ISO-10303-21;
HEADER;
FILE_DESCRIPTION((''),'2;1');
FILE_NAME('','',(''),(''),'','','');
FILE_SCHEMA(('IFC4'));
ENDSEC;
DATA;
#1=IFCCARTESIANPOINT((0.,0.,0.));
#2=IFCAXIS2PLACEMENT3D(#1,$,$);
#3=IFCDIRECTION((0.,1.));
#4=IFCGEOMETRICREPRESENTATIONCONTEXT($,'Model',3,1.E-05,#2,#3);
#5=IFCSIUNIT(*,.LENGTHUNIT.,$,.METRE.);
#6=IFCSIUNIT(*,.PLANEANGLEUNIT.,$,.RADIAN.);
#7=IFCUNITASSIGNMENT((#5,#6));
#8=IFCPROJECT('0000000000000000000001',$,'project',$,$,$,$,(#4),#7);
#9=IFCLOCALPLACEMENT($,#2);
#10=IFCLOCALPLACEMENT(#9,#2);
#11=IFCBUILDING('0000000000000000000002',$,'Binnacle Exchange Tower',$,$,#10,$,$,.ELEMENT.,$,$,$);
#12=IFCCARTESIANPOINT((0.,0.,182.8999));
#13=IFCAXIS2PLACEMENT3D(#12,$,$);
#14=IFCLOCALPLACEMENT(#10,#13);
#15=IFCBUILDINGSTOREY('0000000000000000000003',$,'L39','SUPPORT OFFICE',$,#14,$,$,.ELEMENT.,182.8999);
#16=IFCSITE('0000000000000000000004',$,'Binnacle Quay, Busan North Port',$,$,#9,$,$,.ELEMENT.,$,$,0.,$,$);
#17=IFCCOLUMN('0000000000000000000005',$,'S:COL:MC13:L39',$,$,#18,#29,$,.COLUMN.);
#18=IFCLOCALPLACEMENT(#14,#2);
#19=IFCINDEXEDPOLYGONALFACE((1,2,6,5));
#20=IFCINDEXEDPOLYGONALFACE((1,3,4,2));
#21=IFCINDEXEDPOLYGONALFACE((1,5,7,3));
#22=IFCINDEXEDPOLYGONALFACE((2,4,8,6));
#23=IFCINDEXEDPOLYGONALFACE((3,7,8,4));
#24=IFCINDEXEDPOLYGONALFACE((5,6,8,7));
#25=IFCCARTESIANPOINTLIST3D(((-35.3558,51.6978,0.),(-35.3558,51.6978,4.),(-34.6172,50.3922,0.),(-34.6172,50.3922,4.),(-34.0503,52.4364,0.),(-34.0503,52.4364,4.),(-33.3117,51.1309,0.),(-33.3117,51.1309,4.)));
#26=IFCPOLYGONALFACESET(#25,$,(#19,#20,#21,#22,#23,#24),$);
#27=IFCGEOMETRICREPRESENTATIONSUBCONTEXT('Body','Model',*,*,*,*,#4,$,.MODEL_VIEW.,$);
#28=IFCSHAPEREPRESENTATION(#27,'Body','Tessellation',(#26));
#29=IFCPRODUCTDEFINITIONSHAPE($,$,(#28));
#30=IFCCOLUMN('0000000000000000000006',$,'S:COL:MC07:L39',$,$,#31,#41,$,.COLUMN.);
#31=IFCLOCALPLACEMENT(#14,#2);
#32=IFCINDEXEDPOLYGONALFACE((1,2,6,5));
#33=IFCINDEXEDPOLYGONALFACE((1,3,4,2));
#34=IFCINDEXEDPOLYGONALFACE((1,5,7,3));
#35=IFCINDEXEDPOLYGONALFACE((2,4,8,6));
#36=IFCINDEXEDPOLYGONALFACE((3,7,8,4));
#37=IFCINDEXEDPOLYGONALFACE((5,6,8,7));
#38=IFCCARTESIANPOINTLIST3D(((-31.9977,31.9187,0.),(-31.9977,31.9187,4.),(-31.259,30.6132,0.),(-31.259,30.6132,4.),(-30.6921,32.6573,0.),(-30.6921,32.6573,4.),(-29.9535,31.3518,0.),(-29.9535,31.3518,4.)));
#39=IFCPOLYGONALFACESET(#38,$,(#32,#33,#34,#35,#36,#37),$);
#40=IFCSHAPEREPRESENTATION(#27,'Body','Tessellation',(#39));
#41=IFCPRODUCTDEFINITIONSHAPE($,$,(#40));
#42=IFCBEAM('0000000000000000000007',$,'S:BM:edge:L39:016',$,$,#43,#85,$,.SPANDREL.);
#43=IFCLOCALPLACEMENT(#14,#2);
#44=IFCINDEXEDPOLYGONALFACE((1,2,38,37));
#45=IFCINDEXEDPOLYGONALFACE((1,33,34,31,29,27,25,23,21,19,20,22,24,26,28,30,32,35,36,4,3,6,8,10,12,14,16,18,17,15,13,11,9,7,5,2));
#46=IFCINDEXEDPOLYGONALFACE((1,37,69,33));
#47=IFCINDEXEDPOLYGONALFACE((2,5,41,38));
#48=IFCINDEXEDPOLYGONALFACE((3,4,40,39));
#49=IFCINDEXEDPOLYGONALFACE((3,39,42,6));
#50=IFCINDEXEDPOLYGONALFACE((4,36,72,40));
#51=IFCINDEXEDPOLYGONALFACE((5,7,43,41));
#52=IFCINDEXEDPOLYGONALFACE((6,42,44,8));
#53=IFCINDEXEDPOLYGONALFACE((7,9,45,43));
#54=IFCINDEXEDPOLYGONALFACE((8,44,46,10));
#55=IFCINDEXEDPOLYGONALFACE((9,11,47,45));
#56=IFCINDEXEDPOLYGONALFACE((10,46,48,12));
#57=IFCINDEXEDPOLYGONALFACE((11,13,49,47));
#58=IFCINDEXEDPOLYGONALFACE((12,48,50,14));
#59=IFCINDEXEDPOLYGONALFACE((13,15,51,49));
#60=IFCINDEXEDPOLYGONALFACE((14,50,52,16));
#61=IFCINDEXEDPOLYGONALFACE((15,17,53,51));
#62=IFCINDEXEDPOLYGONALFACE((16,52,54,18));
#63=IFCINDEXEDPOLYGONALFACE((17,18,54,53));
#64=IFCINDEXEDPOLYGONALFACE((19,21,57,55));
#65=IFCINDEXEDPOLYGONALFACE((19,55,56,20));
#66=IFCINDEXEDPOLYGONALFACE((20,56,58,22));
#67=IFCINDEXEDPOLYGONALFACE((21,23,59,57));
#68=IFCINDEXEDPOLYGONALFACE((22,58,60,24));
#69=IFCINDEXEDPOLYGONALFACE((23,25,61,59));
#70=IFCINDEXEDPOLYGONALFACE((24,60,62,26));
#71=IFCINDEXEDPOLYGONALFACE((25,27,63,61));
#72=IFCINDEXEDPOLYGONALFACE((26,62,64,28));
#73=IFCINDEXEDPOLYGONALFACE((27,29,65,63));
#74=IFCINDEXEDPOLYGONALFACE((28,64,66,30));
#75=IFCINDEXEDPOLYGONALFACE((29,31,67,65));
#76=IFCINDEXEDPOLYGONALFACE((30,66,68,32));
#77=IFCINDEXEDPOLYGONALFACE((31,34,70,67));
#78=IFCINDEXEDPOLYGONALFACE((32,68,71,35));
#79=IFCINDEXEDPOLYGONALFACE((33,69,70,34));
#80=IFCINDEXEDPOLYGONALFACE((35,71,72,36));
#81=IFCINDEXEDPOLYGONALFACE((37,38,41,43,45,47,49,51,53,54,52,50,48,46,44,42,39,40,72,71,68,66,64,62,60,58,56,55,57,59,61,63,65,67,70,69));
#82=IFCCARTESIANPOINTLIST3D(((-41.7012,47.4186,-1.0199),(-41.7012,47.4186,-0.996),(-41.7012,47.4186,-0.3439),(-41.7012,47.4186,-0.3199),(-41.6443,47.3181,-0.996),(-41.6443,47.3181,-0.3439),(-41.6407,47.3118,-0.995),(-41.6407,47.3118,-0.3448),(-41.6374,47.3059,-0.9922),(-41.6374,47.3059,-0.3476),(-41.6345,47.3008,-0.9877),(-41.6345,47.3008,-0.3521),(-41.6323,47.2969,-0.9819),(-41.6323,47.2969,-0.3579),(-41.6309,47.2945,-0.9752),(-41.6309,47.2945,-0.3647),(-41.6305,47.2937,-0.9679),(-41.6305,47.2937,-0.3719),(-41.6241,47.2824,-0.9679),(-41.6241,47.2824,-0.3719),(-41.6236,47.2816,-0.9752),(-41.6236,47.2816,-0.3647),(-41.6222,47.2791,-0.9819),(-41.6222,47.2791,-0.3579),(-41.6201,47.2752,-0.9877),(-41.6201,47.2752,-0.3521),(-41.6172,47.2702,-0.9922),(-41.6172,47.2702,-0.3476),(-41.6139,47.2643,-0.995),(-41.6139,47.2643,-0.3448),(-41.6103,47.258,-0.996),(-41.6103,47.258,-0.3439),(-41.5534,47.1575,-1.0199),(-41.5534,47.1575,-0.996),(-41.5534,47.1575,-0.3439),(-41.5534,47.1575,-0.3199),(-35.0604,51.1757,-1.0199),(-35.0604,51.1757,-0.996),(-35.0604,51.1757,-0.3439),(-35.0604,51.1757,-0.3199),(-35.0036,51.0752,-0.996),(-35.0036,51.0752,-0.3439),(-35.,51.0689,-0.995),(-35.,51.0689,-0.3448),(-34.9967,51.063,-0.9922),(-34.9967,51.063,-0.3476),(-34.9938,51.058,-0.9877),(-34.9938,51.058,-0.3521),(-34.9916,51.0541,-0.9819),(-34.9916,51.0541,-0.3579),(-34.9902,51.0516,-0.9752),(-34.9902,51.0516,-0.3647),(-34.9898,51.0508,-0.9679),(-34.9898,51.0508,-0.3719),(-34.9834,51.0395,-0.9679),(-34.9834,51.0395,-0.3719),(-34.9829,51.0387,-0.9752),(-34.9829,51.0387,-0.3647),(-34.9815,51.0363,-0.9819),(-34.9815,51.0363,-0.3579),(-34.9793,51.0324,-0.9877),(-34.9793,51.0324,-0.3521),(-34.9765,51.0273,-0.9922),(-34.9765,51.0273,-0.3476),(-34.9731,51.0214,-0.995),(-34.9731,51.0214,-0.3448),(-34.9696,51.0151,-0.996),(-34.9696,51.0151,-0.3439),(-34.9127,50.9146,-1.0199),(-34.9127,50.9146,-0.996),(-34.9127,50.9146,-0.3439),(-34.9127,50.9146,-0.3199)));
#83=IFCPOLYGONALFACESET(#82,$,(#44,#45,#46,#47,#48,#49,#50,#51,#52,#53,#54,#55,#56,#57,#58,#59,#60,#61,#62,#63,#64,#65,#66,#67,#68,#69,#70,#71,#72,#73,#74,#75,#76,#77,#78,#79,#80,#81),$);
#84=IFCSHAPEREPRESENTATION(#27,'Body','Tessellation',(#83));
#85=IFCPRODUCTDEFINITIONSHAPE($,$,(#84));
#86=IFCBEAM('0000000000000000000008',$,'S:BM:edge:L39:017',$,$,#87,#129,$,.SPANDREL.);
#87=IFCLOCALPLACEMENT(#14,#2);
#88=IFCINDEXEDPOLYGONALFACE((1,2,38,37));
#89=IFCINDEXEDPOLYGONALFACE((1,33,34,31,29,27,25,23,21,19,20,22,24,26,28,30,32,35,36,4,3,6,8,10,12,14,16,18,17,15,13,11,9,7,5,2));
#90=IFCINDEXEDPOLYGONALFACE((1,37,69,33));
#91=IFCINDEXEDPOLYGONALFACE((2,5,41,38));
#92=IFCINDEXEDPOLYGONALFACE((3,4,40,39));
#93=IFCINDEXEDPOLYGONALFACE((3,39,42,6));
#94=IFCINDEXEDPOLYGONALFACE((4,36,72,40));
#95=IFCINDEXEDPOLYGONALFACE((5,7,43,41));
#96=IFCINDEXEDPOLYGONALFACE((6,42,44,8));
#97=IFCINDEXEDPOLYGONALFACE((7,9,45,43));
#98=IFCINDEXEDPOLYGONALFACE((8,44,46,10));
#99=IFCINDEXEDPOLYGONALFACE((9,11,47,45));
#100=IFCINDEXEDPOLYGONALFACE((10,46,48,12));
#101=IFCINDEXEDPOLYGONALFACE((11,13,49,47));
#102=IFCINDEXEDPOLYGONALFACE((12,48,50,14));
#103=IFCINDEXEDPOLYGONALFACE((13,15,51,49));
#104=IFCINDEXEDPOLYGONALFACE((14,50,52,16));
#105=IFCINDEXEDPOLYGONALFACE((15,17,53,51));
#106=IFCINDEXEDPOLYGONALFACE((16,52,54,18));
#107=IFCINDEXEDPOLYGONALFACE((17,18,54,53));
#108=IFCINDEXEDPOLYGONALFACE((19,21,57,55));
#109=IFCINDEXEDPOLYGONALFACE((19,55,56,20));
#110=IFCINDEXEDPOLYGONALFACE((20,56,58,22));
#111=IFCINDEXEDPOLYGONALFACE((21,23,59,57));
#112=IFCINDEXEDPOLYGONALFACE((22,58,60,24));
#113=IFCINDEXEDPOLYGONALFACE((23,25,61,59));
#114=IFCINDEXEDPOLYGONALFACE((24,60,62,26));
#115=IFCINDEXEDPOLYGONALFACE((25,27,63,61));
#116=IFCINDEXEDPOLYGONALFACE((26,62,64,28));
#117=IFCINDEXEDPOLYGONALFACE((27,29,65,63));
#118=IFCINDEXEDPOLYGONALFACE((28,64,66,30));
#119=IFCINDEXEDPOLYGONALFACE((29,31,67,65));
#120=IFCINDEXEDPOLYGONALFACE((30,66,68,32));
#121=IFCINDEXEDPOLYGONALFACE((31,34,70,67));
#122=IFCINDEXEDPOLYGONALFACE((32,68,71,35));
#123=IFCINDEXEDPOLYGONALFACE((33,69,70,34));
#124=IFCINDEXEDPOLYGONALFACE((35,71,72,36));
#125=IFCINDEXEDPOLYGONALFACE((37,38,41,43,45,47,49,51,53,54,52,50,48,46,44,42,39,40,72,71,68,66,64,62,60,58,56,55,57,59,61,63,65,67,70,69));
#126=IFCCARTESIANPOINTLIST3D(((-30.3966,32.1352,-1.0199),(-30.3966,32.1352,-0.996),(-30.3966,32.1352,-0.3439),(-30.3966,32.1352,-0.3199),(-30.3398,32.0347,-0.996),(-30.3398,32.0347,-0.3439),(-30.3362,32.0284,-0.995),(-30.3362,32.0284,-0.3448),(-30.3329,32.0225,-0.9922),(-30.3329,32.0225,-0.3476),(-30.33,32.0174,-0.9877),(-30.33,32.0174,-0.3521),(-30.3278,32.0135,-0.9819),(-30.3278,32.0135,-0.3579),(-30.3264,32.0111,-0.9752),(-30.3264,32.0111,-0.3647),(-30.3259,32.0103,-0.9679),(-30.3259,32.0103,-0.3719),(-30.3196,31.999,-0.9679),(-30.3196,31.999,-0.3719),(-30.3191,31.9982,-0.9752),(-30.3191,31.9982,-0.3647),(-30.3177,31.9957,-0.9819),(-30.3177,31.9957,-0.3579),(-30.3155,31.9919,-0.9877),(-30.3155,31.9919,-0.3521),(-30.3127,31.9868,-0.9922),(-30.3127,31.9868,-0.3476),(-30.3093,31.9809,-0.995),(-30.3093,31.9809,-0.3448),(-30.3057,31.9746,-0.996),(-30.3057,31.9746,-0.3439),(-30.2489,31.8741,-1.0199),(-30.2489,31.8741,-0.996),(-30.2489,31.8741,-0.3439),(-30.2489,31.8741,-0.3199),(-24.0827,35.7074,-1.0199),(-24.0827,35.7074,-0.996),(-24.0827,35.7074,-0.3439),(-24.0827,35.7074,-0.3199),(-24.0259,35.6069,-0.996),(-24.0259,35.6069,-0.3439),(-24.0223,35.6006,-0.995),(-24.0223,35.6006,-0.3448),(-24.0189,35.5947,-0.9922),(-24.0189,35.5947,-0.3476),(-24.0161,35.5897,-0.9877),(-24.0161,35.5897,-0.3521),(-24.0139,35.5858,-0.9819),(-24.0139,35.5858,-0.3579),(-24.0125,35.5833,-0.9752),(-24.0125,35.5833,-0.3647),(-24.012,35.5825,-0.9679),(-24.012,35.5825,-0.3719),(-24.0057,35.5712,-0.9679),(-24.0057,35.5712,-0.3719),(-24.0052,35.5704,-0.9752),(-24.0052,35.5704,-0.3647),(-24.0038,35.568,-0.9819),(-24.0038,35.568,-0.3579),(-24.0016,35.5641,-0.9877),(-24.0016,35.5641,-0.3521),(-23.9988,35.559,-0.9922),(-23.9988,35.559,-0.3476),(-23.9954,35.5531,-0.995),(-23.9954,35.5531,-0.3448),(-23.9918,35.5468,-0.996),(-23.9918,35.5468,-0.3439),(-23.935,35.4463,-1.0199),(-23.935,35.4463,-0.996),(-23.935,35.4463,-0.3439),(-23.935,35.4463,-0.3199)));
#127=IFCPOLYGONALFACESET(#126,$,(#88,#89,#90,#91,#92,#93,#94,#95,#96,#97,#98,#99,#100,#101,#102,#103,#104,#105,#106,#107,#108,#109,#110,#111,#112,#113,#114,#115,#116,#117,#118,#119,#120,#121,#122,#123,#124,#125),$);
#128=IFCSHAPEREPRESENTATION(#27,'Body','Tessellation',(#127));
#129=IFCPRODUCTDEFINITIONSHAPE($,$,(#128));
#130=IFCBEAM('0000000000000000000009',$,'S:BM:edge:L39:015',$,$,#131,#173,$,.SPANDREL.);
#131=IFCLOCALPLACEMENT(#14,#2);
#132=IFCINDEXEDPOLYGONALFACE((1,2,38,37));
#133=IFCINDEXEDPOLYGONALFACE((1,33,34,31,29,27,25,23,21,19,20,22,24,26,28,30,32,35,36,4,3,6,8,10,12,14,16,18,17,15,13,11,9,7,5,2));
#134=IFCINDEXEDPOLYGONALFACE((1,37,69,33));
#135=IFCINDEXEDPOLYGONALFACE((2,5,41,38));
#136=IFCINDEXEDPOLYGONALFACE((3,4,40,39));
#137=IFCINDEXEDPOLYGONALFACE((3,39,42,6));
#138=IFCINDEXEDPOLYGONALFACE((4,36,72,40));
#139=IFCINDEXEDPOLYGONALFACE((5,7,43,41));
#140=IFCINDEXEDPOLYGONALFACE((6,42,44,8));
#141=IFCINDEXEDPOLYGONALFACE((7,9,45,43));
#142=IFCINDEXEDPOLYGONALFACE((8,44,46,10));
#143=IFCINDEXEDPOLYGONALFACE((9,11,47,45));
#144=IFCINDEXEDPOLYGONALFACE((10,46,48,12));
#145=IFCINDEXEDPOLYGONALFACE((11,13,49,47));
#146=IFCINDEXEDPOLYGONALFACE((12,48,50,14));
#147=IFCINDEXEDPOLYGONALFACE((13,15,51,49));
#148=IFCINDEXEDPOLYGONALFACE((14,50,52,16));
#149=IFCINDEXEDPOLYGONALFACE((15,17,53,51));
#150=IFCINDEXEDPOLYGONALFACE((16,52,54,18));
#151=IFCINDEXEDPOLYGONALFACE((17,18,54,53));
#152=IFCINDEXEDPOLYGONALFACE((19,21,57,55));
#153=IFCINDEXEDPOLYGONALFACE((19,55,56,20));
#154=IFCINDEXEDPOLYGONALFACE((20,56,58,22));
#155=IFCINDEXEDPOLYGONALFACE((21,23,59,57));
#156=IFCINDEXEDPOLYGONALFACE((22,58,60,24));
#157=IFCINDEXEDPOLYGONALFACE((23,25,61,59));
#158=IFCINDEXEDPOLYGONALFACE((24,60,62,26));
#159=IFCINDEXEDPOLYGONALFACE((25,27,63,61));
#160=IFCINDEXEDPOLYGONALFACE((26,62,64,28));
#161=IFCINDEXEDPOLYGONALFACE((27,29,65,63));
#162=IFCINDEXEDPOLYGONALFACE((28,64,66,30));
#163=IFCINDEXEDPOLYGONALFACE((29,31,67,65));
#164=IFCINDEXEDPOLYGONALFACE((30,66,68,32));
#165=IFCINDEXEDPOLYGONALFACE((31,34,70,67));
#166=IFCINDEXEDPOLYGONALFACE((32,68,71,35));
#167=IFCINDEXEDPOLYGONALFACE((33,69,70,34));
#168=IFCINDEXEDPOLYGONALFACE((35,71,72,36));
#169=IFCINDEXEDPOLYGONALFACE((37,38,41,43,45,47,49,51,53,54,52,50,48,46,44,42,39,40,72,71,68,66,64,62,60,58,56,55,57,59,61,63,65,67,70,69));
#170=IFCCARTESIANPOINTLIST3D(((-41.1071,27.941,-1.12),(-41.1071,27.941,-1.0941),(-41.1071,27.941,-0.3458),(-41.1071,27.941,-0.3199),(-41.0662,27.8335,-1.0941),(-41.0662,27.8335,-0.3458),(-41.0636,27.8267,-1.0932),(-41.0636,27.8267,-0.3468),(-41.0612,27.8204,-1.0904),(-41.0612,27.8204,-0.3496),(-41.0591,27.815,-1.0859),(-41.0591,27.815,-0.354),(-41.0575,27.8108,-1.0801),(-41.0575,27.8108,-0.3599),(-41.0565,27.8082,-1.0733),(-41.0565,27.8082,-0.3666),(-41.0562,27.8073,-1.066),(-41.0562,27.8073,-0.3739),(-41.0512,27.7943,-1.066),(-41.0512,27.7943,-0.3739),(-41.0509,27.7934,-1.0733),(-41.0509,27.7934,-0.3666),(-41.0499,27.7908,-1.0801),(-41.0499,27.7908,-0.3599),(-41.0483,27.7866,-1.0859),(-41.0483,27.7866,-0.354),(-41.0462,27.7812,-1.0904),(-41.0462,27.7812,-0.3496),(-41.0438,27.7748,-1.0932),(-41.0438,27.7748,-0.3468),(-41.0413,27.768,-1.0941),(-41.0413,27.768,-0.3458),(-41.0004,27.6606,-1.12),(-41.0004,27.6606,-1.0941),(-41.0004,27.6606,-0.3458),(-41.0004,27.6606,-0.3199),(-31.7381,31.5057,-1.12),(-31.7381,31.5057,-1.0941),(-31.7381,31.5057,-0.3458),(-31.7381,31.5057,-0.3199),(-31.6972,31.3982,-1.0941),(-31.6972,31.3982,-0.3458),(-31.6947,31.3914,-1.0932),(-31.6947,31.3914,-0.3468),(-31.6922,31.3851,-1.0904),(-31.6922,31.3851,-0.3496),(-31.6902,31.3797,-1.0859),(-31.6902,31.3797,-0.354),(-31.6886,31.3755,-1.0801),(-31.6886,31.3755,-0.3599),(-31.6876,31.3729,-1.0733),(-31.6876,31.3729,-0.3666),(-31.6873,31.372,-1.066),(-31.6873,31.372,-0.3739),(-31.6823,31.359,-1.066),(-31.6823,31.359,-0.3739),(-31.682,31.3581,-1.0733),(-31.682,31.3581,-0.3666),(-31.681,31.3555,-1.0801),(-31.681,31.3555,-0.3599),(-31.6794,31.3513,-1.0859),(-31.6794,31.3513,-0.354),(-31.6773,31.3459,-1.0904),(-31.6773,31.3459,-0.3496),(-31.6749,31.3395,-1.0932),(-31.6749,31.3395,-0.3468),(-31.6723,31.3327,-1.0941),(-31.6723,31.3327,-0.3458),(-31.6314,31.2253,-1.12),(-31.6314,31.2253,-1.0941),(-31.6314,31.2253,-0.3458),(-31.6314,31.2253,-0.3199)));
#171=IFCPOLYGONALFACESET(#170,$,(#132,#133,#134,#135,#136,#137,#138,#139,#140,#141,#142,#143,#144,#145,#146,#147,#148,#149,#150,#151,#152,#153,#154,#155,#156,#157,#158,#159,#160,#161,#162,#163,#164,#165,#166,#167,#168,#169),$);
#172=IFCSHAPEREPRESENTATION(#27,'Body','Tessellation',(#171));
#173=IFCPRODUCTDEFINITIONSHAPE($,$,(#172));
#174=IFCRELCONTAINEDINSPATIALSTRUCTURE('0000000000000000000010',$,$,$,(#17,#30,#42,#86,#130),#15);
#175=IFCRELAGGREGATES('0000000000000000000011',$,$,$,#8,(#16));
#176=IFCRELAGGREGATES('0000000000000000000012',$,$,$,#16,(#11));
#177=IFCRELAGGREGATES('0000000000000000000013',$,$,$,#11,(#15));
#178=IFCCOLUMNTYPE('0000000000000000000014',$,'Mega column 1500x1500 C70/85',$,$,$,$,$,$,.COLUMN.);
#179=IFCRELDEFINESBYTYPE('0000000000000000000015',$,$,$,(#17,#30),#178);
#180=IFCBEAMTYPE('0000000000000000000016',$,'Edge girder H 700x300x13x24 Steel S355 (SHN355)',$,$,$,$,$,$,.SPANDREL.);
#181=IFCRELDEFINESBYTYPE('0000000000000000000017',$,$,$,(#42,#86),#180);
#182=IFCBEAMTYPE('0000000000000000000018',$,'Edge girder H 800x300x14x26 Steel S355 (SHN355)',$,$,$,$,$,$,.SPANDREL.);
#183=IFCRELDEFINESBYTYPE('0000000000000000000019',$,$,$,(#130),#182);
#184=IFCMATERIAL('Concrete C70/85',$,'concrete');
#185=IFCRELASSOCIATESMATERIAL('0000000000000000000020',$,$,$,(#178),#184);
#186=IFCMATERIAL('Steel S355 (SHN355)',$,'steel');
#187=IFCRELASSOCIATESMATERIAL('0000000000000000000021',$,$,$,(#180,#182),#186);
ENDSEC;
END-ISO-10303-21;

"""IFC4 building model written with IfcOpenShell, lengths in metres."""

from ifc_helpers import new_model, si_unit, direction, frame, origin, origin_2d, place, context, subcontext, project, spatial, rectangle, i_section, extrude, material, material_profile, profile_set, type_object, element, save


model = new_model("IFC4")

# Units and contexts
model_context = context("Model", 3, precision=1e-05, world=origin(), true_north=direction((0.0, 1.0)))
body_context = subcontext(model_context, "Body", "Model", "MODEL_VIEW")
ifc_project = project(units=[si_unit("LENGTHUNIT", "METRE"), si_unit("PLANEANGLEUNIT", "RADIAN")], contexts=[model_context])

# Site, building, storey
site_placement = place(None, origin())
site = spatial("IfcSite", under=ifc_project, at=site_placement, Name="Binnacle Quay, Busan North Port", CompositionType="ELEMENT", RefElevation=0.0)
building_placement = place(site_placement, origin())
building = spatial("IfcBuilding", under=site, at=building_placement, Name="Binnacle Exchange Tower", CompositionType="ELEMENT")
storey_placement = place(building_placement, frame((0.0, 0.0, 182.8999)))
storey = spatial("IfcBuildingStorey", under=building, at=storey_placement, Name="L39", Description="SUPPORT OFFICE", CompositionType="ELEMENT", Elevation=182.8999)

# Columns
ifc_material_1 = material(Name="Concrete C70/85", Category="concrete")
ifc_material_profile_1 = material_profile(ifc_material_1, rectangle(XDim=1.5, YDim=1.5, at=origin_2d()), Name="Mega column 1500x1500 C70/85")
ifc_profile_set_1 = profile_set([ifc_material_profile_1], Name="Concrete C70/85")
column_type = type_object("IfcColumnType", Name="Mega column 1500x1500 C70/85", PredefinedType="COLUMN", material=ifc_profile_set_1)
for number, where, z_axis, x_axis, name in (
    (1, (-34.3337, 51.4143, 0.0), (0.0, 0.0, 1.0), (-0.870356, -0.492424, 0.0), "S:COL:MC13:L39"),
    (2, (-30.9756, 31.6353, 0.0), (0.0, 0.0, 1.0), (0.870356, 0.492424, 0.0), "S:COL:MC07:L39"),
):
    element("IfcColumn", number, at=place(storey_placement, frame(where, z_axis=z_axis, x_axis=x_axis)), inside=storey, type_object=column_type, Name=name, PredefinedType="COLUMN", context=body_context, shape_type="SweptSolid", body=[
        extrude(rectangle(XDim=1.5, YDim=1.5, at=origin_2d()), origin(), (0.0, 0.0, 1.0), 4.0),
    ])

# Beams
ifc_material_2 = material(Name="Steel S355 (SHN355)", Category="steel")
ifc_material_profile_2 = material_profile(ifc_material_2, i_section(OverallWidth=0.3, OverallDepth=0.7, WebThickness=0.0129, FlangeThickness=0.0239, FilletRadius=0.0281, at=origin_2d()), Name="H 700x300x13x24")
ifc_profile_set_2 = profile_set([ifc_material_profile_2], Name="Steel S355 (SHN355)")
beam_type_1 = type_object("IfcBeamType", Name="Edge girder H 700x300x13x24 Steel S355 (SHN355)", PredefinedType="SPANDREL", material=ifc_profile_set_2)
beam_1_placement = place(storey_placement, frame((-34.9866, 51.0452, -0.6699), z_axis=(-0.870356, -0.492423, 0.0), x_axis=(0.492423, -0.870356, 0.0)))
element("IfcBeam", 3, at=beam_1_placement, inside=storey, type_object=beam_type_1, Name="S:BM:edge:L39:016", PredefinedType="SPANDREL", context=body_context, shape_type="SweptSolid", body=[
    extrude(i_section(OverallWidth=0.3, OverallDepth=0.7, WebThickness=0.0129, FlangeThickness=0.0239, FilletRadius=0.0281, at=origin_2d()), origin(), (0.0, 0.0, 1.0), 7.6299),
])
beam_2_placement = place(storey_placement, frame((-30.3228, 32.0046, -0.6699), z_axis=(0.870356, 0.492423, 0.0), x_axis=(-0.492423, 0.870356, 0.0)))
element("IfcBeam", 4, at=beam_2_placement, inside=storey, type_object=beam_type_1, Name="S:BM:edge:L39:017", PredefinedType="SPANDREL", context=body_context, shape_type="SweptSolid", body=[
    extrude(i_section(OverallWidth=0.3, OverallDepth=0.7, WebThickness=0.0129, FlangeThickness=0.0239, FilletRadius=0.0281, at=origin_2d()), origin(), (0.0, 0.0, 1.0), 7.2544),
])
ifc_material_profile_3 = material_profile(ifc_material_2, i_section(OverallWidth=0.3, OverallDepth=0.8, WebThickness=0.0139, FlangeThickness=0.0259, FilletRadius=0.0281, at=origin_2d()), Name="H 800x300x14x26")
ifc_profile_set_3 = profile_set([ifc_material_profile_3], Name="Steel S355 (SHN355)")
beam_type_2 = type_object("IfcBeamType", Name="Edge girder H 800x300x14x26 Steel S355 (SHN355)", PredefinedType="SPANDREL", material=ifc_profile_set_3)
beam_3_placement = place(storey_placement, frame((-41.0537, 27.8008, -0.72), z_axis=(0.934634, 0.355611, 0.0), x_axis=(-0.355611, 0.934634, 0.0)))
element("IfcBeam", 5, at=beam_3_placement, inside=storey, type_object=beam_type_2, Name="S:BM:edge:L39:015", PredefinedType="SPANDREL", context=body_context, shape_type="SweptSolid", body=[
    extrude(i_section(OverallWidth=0.3, OverallDepth=0.8, WebThickness=0.0139, FlangeThickness=0.0259, FilletRadius=0.0281, at=origin_2d()), origin(), (0.0, 0.0, 1.0), 10.0242),
])

save(model, "model.ifc")
